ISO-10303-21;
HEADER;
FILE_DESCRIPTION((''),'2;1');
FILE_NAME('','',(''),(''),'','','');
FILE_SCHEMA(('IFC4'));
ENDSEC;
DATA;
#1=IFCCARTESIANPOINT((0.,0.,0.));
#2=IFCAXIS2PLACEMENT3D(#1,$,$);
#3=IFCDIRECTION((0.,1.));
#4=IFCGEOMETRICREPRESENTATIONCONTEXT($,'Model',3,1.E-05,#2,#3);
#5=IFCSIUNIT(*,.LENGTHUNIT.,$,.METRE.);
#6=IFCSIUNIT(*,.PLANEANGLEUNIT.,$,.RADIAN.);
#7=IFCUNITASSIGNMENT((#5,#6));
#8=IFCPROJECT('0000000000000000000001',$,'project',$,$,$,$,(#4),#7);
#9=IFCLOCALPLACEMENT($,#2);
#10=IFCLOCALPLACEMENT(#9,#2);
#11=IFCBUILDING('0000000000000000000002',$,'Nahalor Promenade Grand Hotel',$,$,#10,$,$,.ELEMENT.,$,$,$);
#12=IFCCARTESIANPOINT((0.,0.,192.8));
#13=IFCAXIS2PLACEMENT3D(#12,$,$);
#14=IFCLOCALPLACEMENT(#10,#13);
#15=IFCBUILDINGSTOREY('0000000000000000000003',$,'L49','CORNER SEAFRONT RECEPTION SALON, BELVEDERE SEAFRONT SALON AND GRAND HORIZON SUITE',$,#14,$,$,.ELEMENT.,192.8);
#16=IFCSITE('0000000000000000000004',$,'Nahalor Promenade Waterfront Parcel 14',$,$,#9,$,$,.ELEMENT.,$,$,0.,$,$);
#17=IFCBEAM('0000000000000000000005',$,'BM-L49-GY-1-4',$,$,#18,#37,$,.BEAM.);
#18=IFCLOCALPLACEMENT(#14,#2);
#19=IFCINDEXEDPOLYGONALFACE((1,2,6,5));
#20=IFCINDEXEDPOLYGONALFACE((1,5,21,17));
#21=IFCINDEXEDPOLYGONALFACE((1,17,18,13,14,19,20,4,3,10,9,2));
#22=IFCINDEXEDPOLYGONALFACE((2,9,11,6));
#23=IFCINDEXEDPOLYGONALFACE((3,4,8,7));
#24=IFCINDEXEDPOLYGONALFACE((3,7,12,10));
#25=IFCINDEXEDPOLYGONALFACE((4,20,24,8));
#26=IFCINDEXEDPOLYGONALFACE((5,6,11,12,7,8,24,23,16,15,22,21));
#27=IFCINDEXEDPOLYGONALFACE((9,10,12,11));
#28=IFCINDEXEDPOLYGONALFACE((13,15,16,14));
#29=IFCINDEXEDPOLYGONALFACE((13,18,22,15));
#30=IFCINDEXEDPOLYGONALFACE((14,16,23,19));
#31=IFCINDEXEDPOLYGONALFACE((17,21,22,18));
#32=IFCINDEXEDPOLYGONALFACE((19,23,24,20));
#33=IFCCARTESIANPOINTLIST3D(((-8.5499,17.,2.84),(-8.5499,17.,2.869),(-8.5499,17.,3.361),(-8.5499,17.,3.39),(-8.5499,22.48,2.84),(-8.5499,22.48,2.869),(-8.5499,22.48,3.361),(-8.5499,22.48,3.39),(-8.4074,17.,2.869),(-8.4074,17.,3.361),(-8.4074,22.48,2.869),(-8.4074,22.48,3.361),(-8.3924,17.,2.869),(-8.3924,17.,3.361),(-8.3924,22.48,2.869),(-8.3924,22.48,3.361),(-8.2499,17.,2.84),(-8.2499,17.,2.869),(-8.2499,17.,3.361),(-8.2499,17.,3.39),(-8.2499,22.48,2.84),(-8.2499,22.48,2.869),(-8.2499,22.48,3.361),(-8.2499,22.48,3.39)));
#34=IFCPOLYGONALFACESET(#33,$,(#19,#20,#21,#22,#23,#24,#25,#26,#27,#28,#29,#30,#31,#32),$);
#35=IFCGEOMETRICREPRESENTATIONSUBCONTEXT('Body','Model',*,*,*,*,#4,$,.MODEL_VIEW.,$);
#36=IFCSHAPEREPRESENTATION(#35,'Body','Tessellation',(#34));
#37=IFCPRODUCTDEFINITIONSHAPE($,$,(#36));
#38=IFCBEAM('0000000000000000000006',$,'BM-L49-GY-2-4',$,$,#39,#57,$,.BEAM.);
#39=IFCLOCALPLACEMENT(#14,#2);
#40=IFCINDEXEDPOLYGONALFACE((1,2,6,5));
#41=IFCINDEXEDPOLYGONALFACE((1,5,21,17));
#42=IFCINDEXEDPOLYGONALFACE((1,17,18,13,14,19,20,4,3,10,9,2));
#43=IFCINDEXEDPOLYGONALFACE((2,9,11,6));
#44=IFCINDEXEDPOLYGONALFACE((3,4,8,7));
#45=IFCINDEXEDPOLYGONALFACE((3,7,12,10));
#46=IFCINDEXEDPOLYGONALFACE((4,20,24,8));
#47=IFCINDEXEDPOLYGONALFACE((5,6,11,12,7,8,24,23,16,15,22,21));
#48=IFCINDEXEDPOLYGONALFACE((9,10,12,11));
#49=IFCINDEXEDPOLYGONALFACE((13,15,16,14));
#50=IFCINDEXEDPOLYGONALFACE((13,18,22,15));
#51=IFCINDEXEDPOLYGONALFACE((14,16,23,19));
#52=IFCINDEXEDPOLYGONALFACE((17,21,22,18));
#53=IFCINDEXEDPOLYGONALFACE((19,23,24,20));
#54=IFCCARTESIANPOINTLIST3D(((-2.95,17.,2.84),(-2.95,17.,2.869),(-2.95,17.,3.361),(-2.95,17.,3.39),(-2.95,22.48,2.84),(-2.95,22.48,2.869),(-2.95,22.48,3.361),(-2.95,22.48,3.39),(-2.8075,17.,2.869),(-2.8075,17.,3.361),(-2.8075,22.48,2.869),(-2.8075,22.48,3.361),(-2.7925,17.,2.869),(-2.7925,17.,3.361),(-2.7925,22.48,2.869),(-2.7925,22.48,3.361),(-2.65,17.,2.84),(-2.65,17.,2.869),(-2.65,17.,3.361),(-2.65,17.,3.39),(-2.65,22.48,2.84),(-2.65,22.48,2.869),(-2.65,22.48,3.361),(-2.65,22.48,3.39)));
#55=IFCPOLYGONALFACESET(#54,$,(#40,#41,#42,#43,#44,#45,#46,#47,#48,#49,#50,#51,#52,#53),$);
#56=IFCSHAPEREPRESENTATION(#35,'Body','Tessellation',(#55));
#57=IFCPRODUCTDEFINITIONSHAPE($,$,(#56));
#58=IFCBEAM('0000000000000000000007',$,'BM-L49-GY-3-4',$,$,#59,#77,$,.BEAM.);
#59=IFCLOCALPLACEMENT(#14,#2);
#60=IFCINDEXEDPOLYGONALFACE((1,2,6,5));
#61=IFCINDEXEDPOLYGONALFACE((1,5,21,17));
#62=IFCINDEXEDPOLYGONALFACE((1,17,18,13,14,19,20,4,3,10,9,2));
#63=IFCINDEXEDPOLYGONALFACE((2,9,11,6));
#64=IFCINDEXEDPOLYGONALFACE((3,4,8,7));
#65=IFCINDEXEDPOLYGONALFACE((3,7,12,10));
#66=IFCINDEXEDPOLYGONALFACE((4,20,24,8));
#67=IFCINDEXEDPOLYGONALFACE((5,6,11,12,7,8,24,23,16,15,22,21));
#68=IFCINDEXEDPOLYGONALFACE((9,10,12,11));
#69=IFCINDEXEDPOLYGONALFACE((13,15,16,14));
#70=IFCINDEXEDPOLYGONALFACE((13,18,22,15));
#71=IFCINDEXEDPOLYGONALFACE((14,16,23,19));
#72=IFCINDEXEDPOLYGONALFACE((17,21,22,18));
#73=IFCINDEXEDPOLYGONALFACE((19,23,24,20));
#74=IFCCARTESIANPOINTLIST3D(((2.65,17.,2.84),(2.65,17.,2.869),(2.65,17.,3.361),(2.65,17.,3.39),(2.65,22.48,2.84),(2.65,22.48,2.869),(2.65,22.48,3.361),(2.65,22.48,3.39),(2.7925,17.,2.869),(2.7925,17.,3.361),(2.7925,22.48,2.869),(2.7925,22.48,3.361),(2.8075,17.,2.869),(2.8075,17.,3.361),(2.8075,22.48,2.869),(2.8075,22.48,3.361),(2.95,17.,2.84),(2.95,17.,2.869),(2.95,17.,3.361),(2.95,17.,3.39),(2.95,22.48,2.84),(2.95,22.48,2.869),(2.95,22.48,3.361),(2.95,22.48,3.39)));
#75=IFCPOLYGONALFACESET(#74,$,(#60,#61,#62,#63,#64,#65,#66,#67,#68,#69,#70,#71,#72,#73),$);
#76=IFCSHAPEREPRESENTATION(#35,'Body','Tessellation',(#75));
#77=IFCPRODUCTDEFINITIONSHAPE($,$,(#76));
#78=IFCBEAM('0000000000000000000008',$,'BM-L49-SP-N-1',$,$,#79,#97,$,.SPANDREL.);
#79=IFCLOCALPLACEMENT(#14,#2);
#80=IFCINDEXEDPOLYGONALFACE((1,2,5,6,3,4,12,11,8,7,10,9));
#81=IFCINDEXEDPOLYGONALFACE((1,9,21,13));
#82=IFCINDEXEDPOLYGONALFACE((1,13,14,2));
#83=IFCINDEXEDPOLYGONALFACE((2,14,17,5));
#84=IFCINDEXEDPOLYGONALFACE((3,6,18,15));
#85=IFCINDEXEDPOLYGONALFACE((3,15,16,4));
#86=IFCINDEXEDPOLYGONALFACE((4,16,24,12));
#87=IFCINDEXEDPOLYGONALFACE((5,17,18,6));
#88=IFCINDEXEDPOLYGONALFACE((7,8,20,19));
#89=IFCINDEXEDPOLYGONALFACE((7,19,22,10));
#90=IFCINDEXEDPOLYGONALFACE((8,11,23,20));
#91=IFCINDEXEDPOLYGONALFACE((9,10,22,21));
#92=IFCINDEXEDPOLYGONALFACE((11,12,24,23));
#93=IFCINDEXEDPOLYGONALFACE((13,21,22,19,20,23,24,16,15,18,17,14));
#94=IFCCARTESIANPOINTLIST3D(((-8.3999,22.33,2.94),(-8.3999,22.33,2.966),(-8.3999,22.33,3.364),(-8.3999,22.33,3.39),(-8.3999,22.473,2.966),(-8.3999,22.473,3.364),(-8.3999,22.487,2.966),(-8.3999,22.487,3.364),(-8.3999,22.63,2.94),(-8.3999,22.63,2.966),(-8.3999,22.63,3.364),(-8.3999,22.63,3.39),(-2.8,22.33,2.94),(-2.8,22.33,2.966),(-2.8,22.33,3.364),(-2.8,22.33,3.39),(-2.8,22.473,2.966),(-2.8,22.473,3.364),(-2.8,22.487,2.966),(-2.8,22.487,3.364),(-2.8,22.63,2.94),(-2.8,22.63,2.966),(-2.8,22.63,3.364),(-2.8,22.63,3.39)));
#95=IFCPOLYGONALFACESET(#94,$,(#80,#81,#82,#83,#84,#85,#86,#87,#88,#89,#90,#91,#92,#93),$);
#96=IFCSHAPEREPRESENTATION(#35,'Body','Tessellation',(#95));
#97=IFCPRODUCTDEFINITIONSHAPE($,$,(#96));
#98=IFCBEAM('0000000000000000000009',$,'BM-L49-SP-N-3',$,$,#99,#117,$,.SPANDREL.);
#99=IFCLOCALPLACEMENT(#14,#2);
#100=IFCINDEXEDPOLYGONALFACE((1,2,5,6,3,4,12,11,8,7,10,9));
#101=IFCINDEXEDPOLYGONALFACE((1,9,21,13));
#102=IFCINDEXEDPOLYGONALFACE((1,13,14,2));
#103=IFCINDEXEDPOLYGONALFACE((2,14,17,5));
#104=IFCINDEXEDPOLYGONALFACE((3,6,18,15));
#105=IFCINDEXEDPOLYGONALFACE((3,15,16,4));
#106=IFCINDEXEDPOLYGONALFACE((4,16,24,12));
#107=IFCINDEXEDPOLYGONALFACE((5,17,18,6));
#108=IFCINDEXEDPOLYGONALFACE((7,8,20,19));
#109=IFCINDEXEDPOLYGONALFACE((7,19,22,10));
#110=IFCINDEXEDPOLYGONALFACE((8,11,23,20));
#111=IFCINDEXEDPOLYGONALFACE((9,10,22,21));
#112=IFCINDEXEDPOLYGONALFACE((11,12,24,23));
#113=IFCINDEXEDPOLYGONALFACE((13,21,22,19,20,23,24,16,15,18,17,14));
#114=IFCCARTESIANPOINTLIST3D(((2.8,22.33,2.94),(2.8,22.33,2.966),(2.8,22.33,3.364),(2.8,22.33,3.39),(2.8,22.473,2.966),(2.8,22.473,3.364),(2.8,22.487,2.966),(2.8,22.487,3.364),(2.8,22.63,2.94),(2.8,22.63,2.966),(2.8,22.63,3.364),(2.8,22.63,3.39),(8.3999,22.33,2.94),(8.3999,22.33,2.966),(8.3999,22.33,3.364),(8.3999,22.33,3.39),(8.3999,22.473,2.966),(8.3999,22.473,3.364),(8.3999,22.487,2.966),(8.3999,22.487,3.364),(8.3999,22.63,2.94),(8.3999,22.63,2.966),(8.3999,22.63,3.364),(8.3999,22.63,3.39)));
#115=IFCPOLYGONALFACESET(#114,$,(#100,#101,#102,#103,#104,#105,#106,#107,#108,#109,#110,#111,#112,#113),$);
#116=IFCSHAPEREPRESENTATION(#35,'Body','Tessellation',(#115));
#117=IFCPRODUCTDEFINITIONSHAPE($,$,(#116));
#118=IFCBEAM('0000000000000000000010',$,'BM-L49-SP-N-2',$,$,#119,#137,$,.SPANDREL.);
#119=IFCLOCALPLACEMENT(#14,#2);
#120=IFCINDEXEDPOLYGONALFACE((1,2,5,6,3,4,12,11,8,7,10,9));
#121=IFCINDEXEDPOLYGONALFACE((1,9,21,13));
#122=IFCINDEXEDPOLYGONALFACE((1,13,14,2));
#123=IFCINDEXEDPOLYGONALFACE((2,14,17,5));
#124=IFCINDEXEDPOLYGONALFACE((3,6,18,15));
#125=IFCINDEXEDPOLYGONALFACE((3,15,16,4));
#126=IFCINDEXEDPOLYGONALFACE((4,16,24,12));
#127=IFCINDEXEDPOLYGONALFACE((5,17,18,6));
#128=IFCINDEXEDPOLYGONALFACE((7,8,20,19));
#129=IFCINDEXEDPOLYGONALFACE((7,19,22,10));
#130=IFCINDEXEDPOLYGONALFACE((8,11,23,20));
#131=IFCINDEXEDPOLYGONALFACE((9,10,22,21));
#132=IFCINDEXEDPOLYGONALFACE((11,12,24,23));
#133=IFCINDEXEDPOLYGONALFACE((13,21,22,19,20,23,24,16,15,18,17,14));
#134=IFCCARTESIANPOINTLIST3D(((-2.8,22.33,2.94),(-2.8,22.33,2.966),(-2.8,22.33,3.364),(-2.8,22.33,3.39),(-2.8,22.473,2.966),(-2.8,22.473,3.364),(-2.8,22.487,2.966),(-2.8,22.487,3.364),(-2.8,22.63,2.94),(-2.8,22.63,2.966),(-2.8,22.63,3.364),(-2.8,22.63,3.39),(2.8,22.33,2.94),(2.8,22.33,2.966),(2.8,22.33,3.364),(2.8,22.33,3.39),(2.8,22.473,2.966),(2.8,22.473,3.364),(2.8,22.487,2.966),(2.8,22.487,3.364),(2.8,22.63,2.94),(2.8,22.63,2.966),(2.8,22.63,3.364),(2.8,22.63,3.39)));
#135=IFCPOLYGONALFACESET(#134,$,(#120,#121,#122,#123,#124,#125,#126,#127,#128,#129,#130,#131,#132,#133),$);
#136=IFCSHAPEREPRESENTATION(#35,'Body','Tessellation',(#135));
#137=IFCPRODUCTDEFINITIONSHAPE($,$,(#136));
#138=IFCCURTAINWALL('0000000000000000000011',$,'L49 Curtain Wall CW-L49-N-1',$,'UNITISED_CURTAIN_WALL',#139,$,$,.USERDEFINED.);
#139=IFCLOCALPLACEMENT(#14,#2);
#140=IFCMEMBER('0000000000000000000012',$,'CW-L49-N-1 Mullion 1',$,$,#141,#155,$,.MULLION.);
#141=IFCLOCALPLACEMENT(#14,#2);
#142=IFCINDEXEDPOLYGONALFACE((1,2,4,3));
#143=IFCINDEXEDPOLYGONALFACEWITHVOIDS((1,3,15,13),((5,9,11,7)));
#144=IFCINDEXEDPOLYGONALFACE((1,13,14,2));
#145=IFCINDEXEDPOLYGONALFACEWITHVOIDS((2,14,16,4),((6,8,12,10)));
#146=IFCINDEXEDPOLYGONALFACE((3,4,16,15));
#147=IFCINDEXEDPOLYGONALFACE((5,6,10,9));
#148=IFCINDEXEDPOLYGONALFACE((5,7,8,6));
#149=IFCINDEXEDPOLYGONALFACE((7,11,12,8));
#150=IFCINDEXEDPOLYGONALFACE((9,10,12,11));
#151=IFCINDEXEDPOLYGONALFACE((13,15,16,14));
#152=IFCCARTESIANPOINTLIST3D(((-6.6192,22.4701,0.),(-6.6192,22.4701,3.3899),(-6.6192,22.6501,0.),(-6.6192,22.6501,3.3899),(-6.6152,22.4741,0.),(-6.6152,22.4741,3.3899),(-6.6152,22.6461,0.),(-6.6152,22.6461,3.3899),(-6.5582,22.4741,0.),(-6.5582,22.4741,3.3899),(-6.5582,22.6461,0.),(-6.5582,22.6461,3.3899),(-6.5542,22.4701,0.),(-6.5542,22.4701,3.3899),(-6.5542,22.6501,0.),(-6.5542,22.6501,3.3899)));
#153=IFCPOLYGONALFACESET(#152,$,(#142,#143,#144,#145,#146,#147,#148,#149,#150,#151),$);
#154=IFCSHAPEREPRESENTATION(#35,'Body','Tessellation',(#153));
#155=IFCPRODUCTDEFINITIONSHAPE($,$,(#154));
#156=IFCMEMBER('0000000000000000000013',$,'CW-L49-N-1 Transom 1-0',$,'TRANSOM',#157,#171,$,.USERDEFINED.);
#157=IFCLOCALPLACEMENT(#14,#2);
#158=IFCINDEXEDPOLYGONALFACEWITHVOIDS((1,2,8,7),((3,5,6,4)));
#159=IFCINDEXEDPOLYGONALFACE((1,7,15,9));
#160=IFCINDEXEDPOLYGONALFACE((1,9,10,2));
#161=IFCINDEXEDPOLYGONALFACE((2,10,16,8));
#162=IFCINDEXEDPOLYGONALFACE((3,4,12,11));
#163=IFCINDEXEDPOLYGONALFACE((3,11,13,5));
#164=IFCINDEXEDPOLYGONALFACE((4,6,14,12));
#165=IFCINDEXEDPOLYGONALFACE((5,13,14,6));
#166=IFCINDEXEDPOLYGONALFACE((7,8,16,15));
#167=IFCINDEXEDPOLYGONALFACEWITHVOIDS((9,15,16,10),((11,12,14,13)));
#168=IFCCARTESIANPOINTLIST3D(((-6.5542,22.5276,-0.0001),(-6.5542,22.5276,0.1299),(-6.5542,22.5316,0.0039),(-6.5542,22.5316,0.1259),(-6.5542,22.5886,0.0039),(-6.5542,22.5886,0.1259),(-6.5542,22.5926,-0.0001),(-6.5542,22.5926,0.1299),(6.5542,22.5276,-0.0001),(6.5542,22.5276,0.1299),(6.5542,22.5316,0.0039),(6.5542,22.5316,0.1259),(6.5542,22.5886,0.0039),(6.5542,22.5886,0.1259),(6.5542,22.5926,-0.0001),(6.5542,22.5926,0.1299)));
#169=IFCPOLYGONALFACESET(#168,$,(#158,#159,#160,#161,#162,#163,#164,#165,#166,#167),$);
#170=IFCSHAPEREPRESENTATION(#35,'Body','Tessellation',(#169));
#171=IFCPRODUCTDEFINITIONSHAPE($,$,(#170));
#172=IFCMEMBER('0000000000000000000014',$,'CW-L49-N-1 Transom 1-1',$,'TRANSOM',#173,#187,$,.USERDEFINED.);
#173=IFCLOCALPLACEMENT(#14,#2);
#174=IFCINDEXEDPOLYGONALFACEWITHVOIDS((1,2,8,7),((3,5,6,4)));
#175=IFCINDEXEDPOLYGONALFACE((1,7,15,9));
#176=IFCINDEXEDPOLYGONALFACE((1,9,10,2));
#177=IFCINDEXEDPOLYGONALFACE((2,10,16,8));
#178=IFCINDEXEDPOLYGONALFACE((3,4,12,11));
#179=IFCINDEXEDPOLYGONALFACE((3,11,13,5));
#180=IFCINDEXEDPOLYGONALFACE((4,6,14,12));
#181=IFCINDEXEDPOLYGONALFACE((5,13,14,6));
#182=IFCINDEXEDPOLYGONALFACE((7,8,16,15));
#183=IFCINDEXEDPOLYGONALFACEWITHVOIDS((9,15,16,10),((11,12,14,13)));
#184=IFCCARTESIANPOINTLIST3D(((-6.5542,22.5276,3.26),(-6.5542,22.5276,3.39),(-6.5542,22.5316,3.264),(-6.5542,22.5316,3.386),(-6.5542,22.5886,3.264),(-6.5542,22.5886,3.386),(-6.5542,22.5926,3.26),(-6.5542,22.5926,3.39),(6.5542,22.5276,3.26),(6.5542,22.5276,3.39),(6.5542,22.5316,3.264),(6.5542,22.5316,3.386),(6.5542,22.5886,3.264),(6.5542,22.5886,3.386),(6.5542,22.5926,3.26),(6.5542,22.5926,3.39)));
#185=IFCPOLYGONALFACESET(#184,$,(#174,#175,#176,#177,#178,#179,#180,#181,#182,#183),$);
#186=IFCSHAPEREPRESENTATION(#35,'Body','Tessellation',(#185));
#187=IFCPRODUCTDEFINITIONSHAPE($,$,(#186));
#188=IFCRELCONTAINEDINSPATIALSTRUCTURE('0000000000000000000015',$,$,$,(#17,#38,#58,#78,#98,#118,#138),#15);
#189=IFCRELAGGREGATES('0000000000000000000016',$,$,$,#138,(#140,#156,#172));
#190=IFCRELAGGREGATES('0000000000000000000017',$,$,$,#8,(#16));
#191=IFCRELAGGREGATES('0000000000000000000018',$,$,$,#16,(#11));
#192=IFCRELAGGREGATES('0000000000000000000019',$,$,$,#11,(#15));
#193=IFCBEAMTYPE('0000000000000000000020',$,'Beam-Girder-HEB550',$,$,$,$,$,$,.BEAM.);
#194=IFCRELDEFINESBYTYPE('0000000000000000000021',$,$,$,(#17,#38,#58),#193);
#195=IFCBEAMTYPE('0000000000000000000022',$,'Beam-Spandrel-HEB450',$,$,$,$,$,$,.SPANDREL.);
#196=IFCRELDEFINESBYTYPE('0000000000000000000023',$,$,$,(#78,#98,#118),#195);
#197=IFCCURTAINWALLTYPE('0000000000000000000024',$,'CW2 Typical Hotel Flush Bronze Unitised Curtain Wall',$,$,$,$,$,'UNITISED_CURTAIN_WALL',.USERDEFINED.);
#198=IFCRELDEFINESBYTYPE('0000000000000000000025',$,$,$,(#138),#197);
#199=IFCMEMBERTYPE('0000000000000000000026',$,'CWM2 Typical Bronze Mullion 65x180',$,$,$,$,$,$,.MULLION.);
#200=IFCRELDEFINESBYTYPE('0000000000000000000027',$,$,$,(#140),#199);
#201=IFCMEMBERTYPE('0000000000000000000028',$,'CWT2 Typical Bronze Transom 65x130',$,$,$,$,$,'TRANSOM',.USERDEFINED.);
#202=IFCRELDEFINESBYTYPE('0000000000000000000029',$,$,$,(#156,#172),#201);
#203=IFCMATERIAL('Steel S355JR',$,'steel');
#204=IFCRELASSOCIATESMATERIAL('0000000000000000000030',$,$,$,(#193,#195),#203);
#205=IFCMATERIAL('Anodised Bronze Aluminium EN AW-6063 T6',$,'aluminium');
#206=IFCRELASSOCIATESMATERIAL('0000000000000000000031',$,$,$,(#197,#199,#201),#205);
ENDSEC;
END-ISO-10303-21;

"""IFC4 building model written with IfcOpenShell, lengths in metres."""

from ifc_helpers import new_model, si_unit, direction, frame, origin, origin_2d, place, context, subcontext, project, spatial, hollow_rectangle, i_section, extrude, source, transform, mapped, material, material_profile, profile_set, type_object, element, aggregate, save


model = new_model("IFC4")

# Units and contexts
model_context = context("Model", 3, precision=1e-05, world=origin(), true_north=direction((0.0, 1.0)))
body_context = subcontext(model_context, "Body", "Model", "MODEL_VIEW")
ifc_project = project(units=[si_unit("LENGTHUNIT", "METRE"), si_unit("PLANEANGLEUNIT", "RADIAN")], contexts=[model_context])

# Site, building, storey
site_placement = place(None, origin())
site = spatial("IfcSite", under=ifc_project, at=site_placement, Name="Nahalor Promenade Waterfront Parcel 14", CompositionType="ELEMENT", RefElevation=0.0)
building_placement = place(site_placement, origin())
building = spatial("IfcBuilding", under=site, at=building_placement, Name="Nahalor Promenade Grand Hotel", CompositionType="ELEMENT")
storey_placement = place(building_placement, frame((0.0, 0.0, 192.8)))
storey = spatial("IfcBuildingStorey", under=building, at=storey_placement, Name="L49", Description="CORNER SEAFRONT RECEPTION SALON, BELVEDERE SEAFRONT SALON AND GRAND HORIZON SUITE", CompositionType="ELEMENT", Elevation=192.8)

# Beams
ifc_material_1 = material(Name="Steel S355JR", Category="steel")
ifc_material_profile_1 = material_profile(ifc_material_1, i_section(OverallWidth=0.3, OverallDepth=0.55, WebThickness=0.015, FlangeThickness=0.029, at=origin_2d()), Name="HEB 550")
ifc_profile_set_1 = profile_set([ifc_material_profile_1], Name="Steel S355JR")
beam_type_1 = type_object("IfcBeamType", Name="Beam-Girder-HEB550", PredefinedType="BEAM", material=ifc_profile_set_1)
shared_shape_1 = source(origin(), body_context, "Body", "SweptSolid", [
    extrude(i_section(OverallWidth=0.3, OverallDepth=0.55, WebThickness=0.015, FlangeThickness=0.029, at=origin_2d()), origin(), (0.0, 0.0, 1.0), 5.48),
])
for number, where, z_axis, x_axis, name in (
    (1, (-8.3999, 17.0, 3.115), (0.0, 1.0, 0.0), (-1.0, 0.0, 0.0), "BM-L49-GY-1-4"),
    (2, (-2.8, 17.0, 3.115), (0.0, 1.0, 0.0), (-1.0, 0.0, 0.0), "BM-L49-GY-2-4"),
    (3, (2.8, 17.0, 3.115), (0.0, 1.0, 0.0), (-1.0, 0.0, 0.0), "BM-L49-GY-3-4"),
):
    element("IfcBeam", number, at=place(storey_placement, frame(where, z_axis=z_axis, x_axis=x_axis)), inside=storey, type_object=beam_type_1, Name=name, PredefinedType="BEAM", context=body_context, shape_type="MappedRepresentation", body=[
        mapped(shared_shape_1, transform((0.0, 0.0, 0.0), scale=1.0)),
    ])
ifc_material_profile_2 = material_profile(ifc_material_1, i_section(OverallWidth=0.3, OverallDepth=0.45, WebThickness=0.014, FlangeThickness=0.026, at=origin_2d()), Name="HEB 450")
ifc_profile_set_2 = profile_set([ifc_material_profile_2], Name="Steel S355JR")
beam_type_2 = type_object("IfcBeamType", Name="Beam-Spandrel-HEB450", PredefinedType="SPANDREL", material=ifc_profile_set_2)
shared_shape_2 = source(origin(), body_context, "Body", "SweptSolid", [
    extrude(i_section(OverallWidth=0.3, OverallDepth=0.45, WebThickness=0.014, FlangeThickness=0.026, at=origin_2d()), origin(), (0.0, 0.0, 1.0), 5.5999),
])
for number, where, z_axis, x_axis, name in (
    (4, (-8.3999, 22.48, 3.165), (1.0, 0.0, 0.0), (0.0, 1.0, 0.0), "BM-L49-SP-N-1"),
    (5, (2.8, 22.48, 3.165), (1.0, 0.0, 0.0), (0.0, 1.0, 0.0), "BM-L49-SP-N-3"),
):
    element("IfcBeam", number, at=place(storey_placement, frame(where, z_axis=z_axis, x_axis=x_axis)), inside=storey, type_object=beam_type_2, Name=name, PredefinedType="SPANDREL", context=body_context, shape_type="MappedRepresentation", body=[
        mapped(shared_shape_2, transform((0.0, 0.0, 0.0), scale=1.0)),
    ])
shared_shape_3 = source(origin(), body_context, "Body", "SweptSolid", [
    extrude(i_section(OverallWidth=0.3, OverallDepth=0.45, WebThickness=0.014, FlangeThickness=0.026, at=origin_2d()), origin(), (0.0, 0.0, 1.0), 5.6001),
])
beam_1_placement = place(storey_placement, frame((-2.8, 22.48, 3.165), z_axis=(1.0, 0.0, 0.0), x_axis=(0.0, 1.0, 0.0)))
element("IfcBeam", 6, at=beam_1_placement, inside=storey, type_object=beam_type_2, Name="BM-L49-SP-N-2", PredefinedType="SPANDREL", context=body_context, shape_type="MappedRepresentation", body=[
    mapped(shared_shape_3, transform((0.0, 0.0, 0.0), scale=1.0)),
])

# Curtain wall, members
ifc_material_2 = material(Name="Anodised Bronze Aluminium EN AW-6063 T6", Category="aluminium")
curtain_wall_type = type_object("IfcCurtainWallType", Name="CW2 Typical Hotel Flush Bronze Unitised Curtain Wall", ElementType="UNITISED_CURTAIN_WALL", PredefinedType="USERDEFINED", material=ifc_material_2)
curtain_wall_placement = place(storey_placement, origin())
curtain_wall = element("IfcCurtainWall", 7, at=curtain_wall_placement, inside=storey, type_object=curtain_wall_type, Name="L49 Curtain Wall CW-L49-N-1", ObjectType="UNITISED_CURTAIN_WALL", PredefinedType="USERDEFINED")
ifc_material_profile_3 = material_profile(ifc_material_2, hollow_rectangle(XDim=0.065, YDim=0.18, WallThickness=0.004, at=origin_2d()), Name="CWM 65x180x4")
ifc_profile_set_3 = profile_set([ifc_material_profile_3], Name="Anodised Bronze Aluminium EN AW-6063 T6")
member_type_1 = type_object("IfcMemberType", Name="CWM2 Typical Bronze Mullion 65x180", PredefinedType="MULLION", material=ifc_profile_set_3)
shared_shape_4 = source(origin(), body_context, "Body", "SweptSolid", [
    extrude(hollow_rectangle(XDim=0.065, YDim=0.18, WallThickness=0.004, at=origin_2d()), origin(), (0.0, 0.0, 1.0), 3.3899),
])
member_1_placement = place(storey_placement, frame((-6.5867, 22.5601, 0.0), z_axis=(0.0, 0.0, 1.0), x_axis=(1.0, 0.0, 0.0)))
member_1 = element("IfcMember", 8, at=member_1_placement, type_object=member_type_1, Name="CW-L49-N-1 Mullion 1", PredefinedType="MULLION", context=body_context, shape_type="MappedRepresentation", body=[
    mapped(shared_shape_4, transform((0.0, 0.0, 0.0), scale=1.0)),
])
ifc_material_profile_4 = material_profile(ifc_material_2, hollow_rectangle(XDim=0.065, YDim=0.13, WallThickness=0.004, at=origin_2d()), Name="CWT 65x130x4")
ifc_profile_set_4 = profile_set([ifc_material_profile_4], Name="Anodised Bronze Aluminium EN AW-6063 T6")
member_type_2 = type_object("IfcMemberType", Name="CWT2 Typical Bronze Transom 65x130", ElementType="TRANSOM", PredefinedType="USERDEFINED", material=ifc_profile_set_4)
shared_shape_5 = source(origin(), body_context, "Body", "SweptSolid", [
    extrude(hollow_rectangle(XDim=0.065, YDim=0.13, WallThickness=0.004, at=origin_2d()), origin(), (0.0, 0.0, 1.0), 13.1084),
])
member_2_placement = place(storey_placement, frame((-6.5542, 22.5601, 0.0649), z_axis=(1.0, 0.0, 0.0), x_axis=(0.0, 1.0, 0.0)))
member_2 = element("IfcMember", 9, at=member_2_placement, type_object=member_type_2, Name="CW-L49-N-1 Transom 1-0", ObjectType="TRANSOM", PredefinedType="USERDEFINED", context=body_context, shape_type="MappedRepresentation", body=[
    mapped(shared_shape_5, transform((0.0, 0.0, 0.0), scale=1.0)),
])
member_3_placement = place(storey_placement, frame((-6.5542, 22.5601, 3.325), z_axis=(1.0, 0.0, 0.0), x_axis=(0.0, 1.0, 0.0)))
member_3 = element("IfcMember", 10, at=member_3_placement, type_object=member_type_2, Name="CW-L49-N-1 Transom 1-1", ObjectType="TRANSOM", PredefinedType="USERDEFINED", context=body_context, shape_type="MappedRepresentation", body=[
    mapped(shared_shape_5, transform((0.0, 0.0, 0.0), scale=1.0)),
])
aggregate(curtain_wall, [member_1, member_2, member_3])

save(model, "model.ifc")
